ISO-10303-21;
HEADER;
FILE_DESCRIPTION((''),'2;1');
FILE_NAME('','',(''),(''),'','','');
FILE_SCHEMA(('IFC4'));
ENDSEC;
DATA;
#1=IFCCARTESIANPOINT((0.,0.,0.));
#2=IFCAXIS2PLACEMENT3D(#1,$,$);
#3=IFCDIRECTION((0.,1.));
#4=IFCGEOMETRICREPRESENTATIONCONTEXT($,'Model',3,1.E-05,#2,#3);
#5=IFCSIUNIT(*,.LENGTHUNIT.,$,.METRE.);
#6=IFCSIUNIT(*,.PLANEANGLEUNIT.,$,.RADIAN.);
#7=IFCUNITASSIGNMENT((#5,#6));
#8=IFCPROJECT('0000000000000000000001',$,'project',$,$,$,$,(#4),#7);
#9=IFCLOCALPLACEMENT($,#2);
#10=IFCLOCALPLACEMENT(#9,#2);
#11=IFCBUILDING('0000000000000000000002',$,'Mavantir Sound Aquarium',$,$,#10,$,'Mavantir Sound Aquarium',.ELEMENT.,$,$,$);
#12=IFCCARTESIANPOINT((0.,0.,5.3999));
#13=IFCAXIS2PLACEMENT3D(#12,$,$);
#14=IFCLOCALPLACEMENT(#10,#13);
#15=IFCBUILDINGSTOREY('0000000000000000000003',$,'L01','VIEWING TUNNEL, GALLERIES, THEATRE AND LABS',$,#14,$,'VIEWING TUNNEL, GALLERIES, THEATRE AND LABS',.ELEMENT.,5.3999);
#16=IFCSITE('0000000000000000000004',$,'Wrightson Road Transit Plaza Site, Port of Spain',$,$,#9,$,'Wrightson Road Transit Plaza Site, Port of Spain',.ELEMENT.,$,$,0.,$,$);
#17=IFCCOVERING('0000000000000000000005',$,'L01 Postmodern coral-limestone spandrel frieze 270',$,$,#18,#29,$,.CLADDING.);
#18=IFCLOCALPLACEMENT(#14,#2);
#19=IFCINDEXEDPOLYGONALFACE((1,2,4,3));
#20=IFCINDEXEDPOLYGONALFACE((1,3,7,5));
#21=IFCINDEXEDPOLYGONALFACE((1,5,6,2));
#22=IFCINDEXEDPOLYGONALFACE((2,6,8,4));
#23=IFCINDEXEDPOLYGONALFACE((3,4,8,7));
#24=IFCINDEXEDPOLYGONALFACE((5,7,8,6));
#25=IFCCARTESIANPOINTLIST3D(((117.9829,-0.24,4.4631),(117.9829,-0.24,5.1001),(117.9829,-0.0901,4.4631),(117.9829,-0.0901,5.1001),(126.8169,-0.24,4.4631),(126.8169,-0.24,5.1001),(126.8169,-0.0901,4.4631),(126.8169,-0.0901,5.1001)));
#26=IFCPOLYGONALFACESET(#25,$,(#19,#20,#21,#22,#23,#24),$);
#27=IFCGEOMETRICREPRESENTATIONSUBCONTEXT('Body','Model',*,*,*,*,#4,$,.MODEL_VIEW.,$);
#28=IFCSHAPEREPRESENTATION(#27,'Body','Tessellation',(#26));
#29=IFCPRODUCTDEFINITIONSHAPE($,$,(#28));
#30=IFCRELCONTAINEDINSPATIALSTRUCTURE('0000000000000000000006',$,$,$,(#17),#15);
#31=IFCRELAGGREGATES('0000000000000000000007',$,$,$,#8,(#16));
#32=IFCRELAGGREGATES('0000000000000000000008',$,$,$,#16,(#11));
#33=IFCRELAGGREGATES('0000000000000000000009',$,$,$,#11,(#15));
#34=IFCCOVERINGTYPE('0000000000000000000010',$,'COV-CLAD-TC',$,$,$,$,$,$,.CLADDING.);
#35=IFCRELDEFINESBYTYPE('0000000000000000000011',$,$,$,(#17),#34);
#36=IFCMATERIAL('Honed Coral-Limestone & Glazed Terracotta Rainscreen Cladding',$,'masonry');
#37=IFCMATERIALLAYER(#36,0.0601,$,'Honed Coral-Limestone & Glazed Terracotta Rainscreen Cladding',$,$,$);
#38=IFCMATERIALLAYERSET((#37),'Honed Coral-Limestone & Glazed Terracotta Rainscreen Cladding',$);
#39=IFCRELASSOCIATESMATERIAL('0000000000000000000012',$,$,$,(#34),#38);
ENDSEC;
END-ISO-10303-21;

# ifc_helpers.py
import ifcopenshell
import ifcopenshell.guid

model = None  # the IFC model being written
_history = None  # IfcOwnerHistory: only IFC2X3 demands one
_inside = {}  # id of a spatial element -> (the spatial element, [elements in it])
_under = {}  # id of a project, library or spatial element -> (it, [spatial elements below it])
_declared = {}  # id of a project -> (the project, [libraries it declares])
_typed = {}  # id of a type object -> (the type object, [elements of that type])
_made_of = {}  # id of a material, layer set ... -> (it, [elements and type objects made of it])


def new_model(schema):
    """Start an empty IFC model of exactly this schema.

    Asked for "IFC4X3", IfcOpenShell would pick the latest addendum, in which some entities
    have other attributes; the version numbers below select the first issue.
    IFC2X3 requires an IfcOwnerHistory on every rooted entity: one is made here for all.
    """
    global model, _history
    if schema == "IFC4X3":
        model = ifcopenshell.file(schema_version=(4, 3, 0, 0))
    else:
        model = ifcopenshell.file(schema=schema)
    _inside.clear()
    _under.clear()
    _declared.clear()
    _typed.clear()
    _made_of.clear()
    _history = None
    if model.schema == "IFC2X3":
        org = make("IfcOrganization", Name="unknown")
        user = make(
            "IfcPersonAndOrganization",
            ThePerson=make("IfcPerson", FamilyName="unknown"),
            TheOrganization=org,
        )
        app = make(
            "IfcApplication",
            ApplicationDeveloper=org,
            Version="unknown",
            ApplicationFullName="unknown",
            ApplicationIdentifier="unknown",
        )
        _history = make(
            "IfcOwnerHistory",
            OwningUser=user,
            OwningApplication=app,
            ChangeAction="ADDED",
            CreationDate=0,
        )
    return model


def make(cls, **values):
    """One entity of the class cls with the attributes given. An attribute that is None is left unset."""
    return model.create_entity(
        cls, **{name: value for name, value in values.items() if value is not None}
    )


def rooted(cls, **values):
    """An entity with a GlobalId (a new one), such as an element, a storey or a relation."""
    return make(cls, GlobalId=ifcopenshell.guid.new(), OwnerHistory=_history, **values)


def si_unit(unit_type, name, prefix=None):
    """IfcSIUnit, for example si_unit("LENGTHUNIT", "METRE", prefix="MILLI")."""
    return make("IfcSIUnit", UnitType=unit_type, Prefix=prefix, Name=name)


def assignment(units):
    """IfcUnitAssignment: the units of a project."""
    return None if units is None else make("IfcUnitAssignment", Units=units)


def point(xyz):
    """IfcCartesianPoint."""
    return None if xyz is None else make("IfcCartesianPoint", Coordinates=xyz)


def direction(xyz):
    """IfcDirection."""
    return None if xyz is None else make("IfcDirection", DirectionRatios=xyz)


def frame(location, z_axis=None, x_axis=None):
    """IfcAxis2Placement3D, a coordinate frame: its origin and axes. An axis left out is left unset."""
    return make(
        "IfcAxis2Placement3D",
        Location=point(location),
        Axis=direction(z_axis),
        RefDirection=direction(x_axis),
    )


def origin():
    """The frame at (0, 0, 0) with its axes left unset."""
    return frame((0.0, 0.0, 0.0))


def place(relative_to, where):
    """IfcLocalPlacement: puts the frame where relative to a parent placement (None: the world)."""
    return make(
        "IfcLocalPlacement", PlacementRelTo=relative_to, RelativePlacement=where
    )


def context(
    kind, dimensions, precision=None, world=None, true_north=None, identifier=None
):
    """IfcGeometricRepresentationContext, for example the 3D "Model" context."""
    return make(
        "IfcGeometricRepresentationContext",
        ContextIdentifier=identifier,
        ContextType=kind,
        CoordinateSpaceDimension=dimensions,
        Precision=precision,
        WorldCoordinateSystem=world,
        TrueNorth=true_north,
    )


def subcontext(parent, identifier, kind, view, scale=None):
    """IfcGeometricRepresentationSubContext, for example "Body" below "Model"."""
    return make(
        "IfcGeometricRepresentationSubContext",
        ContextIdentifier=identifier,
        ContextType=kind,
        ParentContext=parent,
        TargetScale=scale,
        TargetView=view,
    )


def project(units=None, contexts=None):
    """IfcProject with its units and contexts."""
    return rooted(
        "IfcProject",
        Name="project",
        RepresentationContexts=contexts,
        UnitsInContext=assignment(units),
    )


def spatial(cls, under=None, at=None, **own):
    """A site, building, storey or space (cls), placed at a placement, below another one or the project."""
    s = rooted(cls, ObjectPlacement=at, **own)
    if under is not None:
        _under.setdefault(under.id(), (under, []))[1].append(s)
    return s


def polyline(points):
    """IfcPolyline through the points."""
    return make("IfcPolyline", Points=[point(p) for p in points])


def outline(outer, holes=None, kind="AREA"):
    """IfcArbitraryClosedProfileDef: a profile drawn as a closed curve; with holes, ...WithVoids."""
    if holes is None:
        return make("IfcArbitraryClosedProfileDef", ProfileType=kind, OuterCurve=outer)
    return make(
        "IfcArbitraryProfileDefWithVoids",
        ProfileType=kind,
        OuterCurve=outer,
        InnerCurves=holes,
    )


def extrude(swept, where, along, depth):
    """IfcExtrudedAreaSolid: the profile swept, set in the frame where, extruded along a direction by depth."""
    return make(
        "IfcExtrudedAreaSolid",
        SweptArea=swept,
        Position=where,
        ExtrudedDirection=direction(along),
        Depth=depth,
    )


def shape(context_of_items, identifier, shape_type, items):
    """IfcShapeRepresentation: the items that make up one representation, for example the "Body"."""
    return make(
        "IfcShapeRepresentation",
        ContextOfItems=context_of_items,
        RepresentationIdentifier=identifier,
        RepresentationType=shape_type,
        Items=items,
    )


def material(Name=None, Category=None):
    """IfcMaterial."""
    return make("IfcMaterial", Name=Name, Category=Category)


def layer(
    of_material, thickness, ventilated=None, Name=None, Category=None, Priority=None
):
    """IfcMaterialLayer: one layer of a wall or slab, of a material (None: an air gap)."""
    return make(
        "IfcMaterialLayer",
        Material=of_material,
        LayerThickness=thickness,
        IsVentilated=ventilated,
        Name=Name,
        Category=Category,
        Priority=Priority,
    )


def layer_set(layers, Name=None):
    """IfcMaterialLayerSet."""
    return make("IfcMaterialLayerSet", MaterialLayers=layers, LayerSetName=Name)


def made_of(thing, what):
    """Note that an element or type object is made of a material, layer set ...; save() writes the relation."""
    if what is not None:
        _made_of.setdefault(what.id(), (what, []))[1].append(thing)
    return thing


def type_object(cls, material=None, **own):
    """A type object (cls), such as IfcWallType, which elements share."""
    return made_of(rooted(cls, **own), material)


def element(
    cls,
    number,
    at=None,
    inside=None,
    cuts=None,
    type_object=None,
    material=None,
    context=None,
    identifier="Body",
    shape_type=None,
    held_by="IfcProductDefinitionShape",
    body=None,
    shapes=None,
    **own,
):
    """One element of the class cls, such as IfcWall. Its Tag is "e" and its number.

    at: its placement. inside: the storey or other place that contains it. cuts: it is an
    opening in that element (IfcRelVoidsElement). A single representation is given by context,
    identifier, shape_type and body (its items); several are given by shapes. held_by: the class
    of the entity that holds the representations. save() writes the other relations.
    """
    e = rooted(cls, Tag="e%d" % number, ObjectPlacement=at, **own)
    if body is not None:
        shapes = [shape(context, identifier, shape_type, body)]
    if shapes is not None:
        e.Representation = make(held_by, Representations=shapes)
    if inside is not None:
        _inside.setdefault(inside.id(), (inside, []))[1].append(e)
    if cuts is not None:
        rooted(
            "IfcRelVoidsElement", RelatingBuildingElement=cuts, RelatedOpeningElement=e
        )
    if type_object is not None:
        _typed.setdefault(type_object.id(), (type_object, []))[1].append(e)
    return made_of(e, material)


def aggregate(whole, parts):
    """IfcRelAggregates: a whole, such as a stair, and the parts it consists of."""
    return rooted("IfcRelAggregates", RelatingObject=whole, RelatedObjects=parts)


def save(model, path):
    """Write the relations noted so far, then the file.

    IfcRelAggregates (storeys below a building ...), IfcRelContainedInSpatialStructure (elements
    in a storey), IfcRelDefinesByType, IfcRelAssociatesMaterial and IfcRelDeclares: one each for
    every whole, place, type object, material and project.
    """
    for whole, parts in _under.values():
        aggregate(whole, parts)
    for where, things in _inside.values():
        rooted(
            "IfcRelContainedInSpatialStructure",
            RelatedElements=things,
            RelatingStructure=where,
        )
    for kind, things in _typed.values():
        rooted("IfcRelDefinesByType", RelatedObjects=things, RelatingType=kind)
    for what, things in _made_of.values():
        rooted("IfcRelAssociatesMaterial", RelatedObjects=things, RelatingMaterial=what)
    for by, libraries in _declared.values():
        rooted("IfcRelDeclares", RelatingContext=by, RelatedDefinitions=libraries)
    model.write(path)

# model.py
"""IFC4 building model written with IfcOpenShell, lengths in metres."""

from ifc_helpers import new_model, si_unit, direction, frame, origin, place, context, subcontext, project, spatial, polyline, outline, extrude, material, layer, layer_set, type_object, element, save


model = new_model("IFC4")

# Units and contexts
model_context = context("Model", 3, precision=1e-05, world=origin(), true_north=direction((0.0, 1.0)))
body_context = subcontext(model_context, "Body", "Model", "MODEL_VIEW")
ifc_project = project(units=[si_unit("LENGTHUNIT", "METRE"), si_unit("PLANEANGLEUNIT", "RADIAN")], contexts=[model_context])

# Site, building, storey
site_placement = place(None, origin())
site = spatial("IfcSite", under=ifc_project, at=site_placement, Name="Wrightson Road Transit Plaza Site, Port of Spain", LongName="Wrightson Road Transit Plaza Site, Port of Spain", CompositionType="ELEMENT", RefElevation=0.0)
building_placement = place(site_placement, origin())
building = spatial("IfcBuilding", under=site, at=building_placement, Name="Mavantir Sound Aquarium", LongName="Mavantir Sound Aquarium", CompositionType="ELEMENT")
storey_placement = place(building_placement, frame((0.0, 0.0, 5.3999)))
storey = spatial("IfcBuildingStorey", under=building, at=storey_placement, Name="L01", Description="VIEWING TUNNEL, GALLERIES, THEATRE AND LABS", LongName="VIEWING TUNNEL, GALLERIES, THEATRE AND LABS", CompositionType="ELEMENT", Elevation=5.3999)

# Covering
ifc_material = material(Name="Honed Coral-Limestone & Glazed Terracotta Rainscreen Cladding", Category="masonry")
ifc_layer = layer(ifc_material, 0.0601, Name="Honed Coral-Limestone & Glazed Terracotta Rainscreen Cladding")
ifc_layer_set = layer_set([ifc_layer], Name="Honed Coral-Limestone & Glazed Terracotta Rainscreen Cladding")
covering_type = type_object("IfcCoveringType", Name="COV-CLAD-TC", PredefinedType="CLADDING", material=ifc_layer_set)
covering_1_placement = place(storey_placement, frame((0.0, 0.0, 4.4631)))
element("IfcCovering", 1, at=covering_1_placement, inside=storey, type_object=covering_type, Name="L01 Postmodern coral-limestone spandrel frieze 270", PredefinedType="CLADDING", context=body_context, shape_type="SweptSolid", body=[
    extrude(outline(polyline([(117.9829, -0.0901), (126.8169, -0.0901), (126.8169, -0.24), (117.9829, -0.24), (117.9829, -0.0901)])), origin(), (0.0, 0.0, 1.0), 0.637),
])

save(model, "model.ifc")
